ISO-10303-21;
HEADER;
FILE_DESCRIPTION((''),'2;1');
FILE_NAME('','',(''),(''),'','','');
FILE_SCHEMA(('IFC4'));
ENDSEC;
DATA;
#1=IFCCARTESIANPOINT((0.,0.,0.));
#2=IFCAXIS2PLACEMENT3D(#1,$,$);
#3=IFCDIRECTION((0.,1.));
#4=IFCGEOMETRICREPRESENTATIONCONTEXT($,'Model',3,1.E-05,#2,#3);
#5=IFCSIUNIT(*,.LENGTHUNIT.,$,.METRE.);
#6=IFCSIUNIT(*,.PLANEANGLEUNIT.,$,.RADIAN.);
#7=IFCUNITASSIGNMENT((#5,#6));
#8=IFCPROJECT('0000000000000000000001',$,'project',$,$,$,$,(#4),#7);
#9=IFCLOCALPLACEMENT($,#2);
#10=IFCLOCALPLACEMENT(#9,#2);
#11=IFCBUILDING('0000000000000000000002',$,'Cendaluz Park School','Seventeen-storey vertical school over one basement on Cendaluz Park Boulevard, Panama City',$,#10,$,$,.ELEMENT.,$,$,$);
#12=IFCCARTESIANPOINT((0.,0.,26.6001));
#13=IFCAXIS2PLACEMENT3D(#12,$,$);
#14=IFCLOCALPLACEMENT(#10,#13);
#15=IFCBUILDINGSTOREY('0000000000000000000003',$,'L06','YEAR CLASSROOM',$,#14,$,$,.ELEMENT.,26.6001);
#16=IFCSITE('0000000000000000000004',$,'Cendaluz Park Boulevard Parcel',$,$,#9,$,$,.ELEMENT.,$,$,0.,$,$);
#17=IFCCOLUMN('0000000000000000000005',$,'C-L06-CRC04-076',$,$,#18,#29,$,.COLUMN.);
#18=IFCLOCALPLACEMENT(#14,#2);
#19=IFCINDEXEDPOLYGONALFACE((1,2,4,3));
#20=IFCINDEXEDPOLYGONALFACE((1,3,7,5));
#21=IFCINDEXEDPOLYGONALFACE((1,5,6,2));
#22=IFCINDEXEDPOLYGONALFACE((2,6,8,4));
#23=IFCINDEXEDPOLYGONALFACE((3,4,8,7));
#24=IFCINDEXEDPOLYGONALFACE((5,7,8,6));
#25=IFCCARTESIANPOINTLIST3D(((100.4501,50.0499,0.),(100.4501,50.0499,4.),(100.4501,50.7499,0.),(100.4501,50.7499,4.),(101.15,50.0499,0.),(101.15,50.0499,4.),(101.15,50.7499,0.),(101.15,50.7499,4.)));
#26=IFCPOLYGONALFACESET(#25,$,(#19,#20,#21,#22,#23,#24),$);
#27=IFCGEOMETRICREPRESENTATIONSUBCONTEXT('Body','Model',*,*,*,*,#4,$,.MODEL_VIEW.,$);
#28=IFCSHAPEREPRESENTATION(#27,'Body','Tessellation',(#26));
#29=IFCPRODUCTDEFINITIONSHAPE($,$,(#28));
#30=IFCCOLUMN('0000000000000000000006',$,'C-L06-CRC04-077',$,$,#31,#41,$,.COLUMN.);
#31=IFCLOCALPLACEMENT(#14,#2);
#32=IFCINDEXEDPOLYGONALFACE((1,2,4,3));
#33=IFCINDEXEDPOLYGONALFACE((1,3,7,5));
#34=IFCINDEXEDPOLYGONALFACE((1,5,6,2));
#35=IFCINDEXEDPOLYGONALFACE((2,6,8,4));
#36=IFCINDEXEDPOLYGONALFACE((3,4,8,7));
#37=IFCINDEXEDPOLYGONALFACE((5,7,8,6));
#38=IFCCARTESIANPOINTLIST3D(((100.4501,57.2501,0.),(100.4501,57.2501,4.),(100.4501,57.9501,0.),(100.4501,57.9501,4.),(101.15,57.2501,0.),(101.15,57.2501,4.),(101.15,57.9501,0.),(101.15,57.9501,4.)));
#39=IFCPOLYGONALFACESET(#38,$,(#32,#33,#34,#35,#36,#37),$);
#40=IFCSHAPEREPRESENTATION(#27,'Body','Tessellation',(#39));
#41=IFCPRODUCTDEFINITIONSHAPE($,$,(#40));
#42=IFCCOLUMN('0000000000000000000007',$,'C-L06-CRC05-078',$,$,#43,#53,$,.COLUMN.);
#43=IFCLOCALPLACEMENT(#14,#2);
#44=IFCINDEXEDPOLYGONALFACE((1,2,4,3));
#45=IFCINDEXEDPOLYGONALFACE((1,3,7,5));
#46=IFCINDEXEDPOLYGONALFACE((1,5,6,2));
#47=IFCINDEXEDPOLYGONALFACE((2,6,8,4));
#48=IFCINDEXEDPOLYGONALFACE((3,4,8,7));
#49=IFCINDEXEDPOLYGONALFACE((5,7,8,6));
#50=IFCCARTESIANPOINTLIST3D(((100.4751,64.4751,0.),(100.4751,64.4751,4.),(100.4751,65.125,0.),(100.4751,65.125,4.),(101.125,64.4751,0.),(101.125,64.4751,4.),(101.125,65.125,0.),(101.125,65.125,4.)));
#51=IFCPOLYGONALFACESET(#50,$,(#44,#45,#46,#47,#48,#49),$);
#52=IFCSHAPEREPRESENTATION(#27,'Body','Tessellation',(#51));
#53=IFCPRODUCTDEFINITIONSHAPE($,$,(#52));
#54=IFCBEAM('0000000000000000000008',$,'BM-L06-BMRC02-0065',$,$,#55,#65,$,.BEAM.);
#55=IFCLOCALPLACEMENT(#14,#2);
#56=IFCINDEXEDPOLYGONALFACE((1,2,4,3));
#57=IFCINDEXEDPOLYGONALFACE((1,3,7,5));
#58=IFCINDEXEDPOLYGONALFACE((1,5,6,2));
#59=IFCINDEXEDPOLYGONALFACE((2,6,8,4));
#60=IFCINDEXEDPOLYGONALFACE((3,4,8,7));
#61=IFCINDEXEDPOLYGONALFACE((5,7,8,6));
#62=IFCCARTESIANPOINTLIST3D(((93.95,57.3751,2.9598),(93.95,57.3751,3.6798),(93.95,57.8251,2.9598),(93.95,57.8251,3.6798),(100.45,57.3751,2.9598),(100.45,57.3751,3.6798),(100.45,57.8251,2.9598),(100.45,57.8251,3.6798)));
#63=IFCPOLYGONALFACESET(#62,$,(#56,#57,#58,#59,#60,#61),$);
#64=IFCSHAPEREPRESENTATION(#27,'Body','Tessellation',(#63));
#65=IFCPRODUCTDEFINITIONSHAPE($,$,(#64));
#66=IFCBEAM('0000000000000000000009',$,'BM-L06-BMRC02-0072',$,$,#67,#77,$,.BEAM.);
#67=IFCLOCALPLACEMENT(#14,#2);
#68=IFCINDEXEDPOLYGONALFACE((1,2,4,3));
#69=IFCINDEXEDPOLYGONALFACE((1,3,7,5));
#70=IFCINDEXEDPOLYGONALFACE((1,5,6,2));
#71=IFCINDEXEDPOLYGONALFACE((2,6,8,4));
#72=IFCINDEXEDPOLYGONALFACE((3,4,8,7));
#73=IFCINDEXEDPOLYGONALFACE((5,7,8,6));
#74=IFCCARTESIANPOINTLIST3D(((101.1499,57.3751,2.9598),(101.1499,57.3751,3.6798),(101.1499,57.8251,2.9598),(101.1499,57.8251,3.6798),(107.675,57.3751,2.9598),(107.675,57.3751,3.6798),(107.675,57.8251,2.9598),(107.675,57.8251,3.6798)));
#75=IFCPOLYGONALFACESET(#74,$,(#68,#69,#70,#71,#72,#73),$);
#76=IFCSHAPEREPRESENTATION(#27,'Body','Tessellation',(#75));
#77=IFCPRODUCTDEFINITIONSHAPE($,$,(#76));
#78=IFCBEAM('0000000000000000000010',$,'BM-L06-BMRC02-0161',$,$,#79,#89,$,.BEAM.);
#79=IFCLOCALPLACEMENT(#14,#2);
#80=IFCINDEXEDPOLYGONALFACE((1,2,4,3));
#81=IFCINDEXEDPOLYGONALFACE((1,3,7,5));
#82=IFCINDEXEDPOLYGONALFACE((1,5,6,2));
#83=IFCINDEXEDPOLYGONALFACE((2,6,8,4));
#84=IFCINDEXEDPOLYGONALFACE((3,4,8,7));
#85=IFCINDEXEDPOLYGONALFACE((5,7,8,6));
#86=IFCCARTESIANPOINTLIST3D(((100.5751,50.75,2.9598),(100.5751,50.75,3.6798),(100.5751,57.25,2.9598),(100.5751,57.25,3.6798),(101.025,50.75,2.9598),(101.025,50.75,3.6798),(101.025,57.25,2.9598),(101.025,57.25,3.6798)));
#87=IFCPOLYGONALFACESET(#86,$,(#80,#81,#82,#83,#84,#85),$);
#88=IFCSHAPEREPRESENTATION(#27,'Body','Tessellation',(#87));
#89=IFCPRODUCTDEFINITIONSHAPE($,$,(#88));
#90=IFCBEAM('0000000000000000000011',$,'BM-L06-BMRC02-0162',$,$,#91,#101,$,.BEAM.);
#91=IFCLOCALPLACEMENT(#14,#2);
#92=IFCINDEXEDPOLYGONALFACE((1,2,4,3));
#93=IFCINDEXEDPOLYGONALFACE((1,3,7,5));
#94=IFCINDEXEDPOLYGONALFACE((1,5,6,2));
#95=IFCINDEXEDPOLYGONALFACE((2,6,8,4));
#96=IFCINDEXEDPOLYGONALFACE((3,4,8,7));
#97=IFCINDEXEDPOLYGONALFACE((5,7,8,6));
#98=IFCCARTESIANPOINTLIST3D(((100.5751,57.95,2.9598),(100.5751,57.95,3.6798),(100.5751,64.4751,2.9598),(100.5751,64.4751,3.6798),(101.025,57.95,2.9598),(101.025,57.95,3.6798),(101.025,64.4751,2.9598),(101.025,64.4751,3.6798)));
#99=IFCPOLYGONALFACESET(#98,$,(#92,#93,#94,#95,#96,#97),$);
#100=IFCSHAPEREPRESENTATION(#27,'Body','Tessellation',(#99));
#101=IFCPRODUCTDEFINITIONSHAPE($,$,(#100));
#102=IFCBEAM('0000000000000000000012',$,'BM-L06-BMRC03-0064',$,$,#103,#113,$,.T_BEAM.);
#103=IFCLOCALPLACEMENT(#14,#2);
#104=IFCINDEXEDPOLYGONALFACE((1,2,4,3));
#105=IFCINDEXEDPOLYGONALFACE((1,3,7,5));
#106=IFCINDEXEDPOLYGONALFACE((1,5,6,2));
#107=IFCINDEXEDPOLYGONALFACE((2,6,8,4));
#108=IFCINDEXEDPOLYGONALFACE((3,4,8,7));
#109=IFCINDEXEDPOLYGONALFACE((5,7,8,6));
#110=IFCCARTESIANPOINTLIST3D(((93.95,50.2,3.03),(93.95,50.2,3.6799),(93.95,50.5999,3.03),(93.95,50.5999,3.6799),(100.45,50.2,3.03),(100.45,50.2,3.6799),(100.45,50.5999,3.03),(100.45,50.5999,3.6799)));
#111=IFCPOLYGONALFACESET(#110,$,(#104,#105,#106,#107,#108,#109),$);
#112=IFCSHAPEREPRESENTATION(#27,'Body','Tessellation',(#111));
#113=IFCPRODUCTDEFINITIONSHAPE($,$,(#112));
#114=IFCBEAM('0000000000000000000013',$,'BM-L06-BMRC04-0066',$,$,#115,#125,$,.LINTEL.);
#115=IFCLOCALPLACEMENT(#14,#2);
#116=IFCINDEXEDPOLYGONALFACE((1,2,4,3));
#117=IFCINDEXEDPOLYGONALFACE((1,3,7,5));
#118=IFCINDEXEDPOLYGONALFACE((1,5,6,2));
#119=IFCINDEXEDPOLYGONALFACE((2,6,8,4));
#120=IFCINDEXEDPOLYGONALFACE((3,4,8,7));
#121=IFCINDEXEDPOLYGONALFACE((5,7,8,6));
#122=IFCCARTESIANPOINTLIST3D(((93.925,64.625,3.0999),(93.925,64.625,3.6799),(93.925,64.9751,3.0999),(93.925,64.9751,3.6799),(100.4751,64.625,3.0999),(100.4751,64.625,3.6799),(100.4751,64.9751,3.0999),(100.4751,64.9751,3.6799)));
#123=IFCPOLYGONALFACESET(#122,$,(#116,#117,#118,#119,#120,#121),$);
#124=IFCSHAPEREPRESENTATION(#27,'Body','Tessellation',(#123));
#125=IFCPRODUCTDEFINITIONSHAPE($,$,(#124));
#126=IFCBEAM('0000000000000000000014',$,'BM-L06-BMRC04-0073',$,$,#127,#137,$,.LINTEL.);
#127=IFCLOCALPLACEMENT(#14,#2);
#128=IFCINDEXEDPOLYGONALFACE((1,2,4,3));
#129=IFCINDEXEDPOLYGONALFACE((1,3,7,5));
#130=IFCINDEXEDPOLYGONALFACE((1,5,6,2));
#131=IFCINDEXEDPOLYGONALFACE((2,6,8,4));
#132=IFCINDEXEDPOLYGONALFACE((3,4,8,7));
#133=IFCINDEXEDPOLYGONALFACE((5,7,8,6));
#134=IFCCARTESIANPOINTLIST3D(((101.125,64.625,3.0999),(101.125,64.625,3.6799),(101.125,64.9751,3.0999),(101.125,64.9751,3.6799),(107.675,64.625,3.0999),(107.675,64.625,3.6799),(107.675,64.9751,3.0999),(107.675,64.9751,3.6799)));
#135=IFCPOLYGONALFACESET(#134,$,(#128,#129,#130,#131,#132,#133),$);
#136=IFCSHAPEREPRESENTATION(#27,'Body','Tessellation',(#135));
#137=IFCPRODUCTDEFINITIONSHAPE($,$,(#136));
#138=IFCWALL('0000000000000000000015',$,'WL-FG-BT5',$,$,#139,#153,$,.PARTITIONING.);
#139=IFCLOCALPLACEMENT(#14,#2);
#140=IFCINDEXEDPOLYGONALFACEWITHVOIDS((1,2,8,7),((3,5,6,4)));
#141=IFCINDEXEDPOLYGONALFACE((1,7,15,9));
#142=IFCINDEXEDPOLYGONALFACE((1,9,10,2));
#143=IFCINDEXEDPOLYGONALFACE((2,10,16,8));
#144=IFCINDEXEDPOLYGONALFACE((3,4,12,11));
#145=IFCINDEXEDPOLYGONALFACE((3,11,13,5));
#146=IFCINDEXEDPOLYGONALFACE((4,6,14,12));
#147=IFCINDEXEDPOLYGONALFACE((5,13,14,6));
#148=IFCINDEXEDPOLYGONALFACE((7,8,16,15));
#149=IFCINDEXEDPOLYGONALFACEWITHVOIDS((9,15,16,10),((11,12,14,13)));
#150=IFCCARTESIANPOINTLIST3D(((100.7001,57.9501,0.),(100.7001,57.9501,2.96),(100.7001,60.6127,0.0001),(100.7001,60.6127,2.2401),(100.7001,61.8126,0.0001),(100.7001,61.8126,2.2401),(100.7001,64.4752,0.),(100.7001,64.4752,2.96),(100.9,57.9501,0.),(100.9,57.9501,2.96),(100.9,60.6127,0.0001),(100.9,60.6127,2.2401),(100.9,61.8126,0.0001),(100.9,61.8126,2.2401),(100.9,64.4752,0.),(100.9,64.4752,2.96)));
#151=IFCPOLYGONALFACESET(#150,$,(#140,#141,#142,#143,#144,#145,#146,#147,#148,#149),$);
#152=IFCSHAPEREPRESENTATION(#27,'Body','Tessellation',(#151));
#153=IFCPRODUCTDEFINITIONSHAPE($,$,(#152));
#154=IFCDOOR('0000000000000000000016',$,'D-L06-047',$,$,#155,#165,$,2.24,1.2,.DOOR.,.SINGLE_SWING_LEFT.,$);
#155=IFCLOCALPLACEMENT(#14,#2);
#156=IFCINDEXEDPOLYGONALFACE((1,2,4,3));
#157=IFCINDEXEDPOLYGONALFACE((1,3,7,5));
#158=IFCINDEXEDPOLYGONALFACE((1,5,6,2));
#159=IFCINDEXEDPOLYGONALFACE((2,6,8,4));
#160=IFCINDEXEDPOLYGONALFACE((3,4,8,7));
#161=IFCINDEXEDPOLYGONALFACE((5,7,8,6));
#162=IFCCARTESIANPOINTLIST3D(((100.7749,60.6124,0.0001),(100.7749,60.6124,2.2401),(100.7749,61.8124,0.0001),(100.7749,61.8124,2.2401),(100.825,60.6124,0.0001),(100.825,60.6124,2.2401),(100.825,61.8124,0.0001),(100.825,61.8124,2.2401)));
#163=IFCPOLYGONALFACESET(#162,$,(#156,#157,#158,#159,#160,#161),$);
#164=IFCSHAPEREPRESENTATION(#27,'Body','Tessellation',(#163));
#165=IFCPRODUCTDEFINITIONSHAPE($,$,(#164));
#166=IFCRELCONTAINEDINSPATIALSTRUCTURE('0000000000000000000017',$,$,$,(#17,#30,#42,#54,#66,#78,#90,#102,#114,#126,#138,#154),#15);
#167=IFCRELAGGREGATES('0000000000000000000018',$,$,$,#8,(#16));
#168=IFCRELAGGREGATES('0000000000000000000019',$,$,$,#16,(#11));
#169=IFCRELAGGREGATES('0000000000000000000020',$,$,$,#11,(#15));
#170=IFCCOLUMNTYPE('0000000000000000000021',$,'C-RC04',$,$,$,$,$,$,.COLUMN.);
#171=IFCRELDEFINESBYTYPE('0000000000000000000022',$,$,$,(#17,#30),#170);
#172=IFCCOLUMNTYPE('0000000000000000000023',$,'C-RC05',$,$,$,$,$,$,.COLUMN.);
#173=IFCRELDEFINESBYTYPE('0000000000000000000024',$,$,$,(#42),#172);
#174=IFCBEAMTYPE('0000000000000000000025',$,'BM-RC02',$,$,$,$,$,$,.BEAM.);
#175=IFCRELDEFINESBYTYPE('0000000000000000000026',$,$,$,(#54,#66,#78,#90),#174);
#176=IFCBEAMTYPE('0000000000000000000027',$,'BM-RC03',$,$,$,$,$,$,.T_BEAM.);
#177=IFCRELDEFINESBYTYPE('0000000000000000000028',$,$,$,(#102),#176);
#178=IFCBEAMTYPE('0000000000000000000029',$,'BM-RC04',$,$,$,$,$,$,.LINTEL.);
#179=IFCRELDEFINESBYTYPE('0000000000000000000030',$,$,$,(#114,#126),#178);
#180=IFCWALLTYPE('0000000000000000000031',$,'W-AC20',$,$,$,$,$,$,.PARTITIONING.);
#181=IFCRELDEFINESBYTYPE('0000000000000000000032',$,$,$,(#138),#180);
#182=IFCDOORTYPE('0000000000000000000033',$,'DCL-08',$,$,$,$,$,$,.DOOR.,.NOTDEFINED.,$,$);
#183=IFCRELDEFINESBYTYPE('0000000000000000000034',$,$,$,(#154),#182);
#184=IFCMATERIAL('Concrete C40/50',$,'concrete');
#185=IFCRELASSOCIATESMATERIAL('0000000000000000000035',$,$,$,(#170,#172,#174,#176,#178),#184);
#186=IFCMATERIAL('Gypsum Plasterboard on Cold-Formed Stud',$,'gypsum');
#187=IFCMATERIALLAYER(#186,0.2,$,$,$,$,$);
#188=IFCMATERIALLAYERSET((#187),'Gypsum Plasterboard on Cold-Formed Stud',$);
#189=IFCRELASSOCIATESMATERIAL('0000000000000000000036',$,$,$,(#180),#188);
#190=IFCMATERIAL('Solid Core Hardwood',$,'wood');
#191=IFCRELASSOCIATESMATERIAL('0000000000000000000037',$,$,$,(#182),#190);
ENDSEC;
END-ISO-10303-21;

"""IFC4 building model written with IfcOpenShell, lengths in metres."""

from ifc_helpers import new_model, si_unit, direction, frame, frame_2d, origin, origin_2d, place, context, subcontext, project, spatial, rectangle, extrude, material, layer, layer_set, material_profile, profile_set, type_object, element, fill, save


model = new_model("IFC4")

# Units and contexts
model_context = context("Model", 3, precision=1e-05, world=origin(), true_north=direction((0.0, 1.0)))
body_context = subcontext(model_context, "Body", "Model", "MODEL_VIEW")
ifc_project = project(units=[si_unit("LENGTHUNIT", "METRE"), si_unit("PLANEANGLEUNIT", "RADIAN")], contexts=[model_context])

# Site, building, storey
site_placement = place(None, origin())
site = spatial("IfcSite", under=ifc_project, at=site_placement, Name="Cendaluz Park Boulevard Parcel", CompositionType="ELEMENT", RefElevation=0.0)
building_placement = place(site_placement, origin())
building = spatial("IfcBuilding", under=site, at=building_placement, Name="Cendaluz Park School", Description="Seventeen-storey vertical school over one basement on Cendaluz Park Boulevard, Panama City", CompositionType="ELEMENT")
storey_placement = place(building_placement, frame((0.0, 0.0, 26.6001)))
storey = spatial("IfcBuildingStorey", under=building, at=storey_placement, Name="L06", Description="YEAR CLASSROOM", CompositionType="ELEMENT", Elevation=26.6001)

# Columns
ifc_material_1 = material(Name="Concrete C40/50", Category="concrete")
ifc_material_profile_1 = material_profile(ifc_material_1, rectangle(XDim=0.7, YDim=0.7, at=origin_2d()), Name="RC 700x700", Category="concrete")
ifc_profile_set_1 = profile_set([ifc_material_profile_1], Name="Concrete C40/50")
column_type_1 = type_object("IfcColumnType", Name="C-RC04", PredefinedType="COLUMN", material=ifc_profile_set_1)
for number, where, z_axis, x_axis, name in (
    (1, (100.8, 50.3999, 0.0), (0.0, 0.0, 1.0), (1.0, 0.0, 0.0), "C-L06-CRC04-076"),
    (2, (100.8, 57.6001, 0.0), (0.0, 0.0, 1.0), (1.0, 0.0, 0.0), "C-L06-CRC04-077"),
):
    element("IfcColumn", number, at=place(storey_placement, frame(where, z_axis=z_axis, x_axis=x_axis)), inside=storey, type_object=column_type_1, Name=name, PredefinedType="COLUMN", context=body_context, shape_type="SweptSolid", body=[
        extrude(rectangle(XDim=0.7, YDim=0.7, at=origin_2d()), origin(), (0.0, 0.0, 1.0), 4.0),
    ])
ifc_material_profile_2 = material_profile(ifc_material_1, rectangle(XDim=0.6499, YDim=0.6499, at=origin_2d()), Name="RC 650x650", Category="concrete")
ifc_profile_set_2 = profile_set([ifc_material_profile_2], Name="Concrete C40/50")
column_type_2 = type_object("IfcColumnType", Name="C-RC05", PredefinedType="COLUMN", material=ifc_profile_set_2)
column_placement = place(storey_placement, frame((100.8, 64.8, 0.0), z_axis=(0.0, 0.0, 1.0), x_axis=(1.0, 0.0, 0.0)))
element("IfcColumn", 3, at=column_placement, inside=storey, type_object=column_type_2, Name="C-L06-CRC05-078", PredefinedType="COLUMN", context=body_context, shape_type="SweptSolid", body=[
    extrude(rectangle(XDim=0.6499, YDim=0.6499, at=origin_2d()), origin(), (0.0, 0.0, 1.0), 4.0),
])

# Beams
ifc_material_profile_3 = material_profile(ifc_material_1, rectangle(XDim=0.45, YDim=0.72, at=origin_2d()), Name="RC 450x720", Category="concrete")
ifc_profile_set_3 = profile_set([ifc_material_profile_3], Name="Concrete C40/50")
beam_type_1 = type_object("IfcBeamType", Name="BM-RC02", PredefinedType="BEAM", material=ifc_profile_set_3)
beam_1_placement = place(storey_placement, frame((93.95, 57.6001, 3.3198), z_axis=(1.0, 0.0, 0.0), x_axis=(0.0, 1.0, 0.0)))
element("IfcBeam", 4, at=beam_1_placement, inside=storey, type_object=beam_type_1, Name="BM-L06-BMRC02-0065", PredefinedType="BEAM", context=body_context, shape_type="SweptSolid", body=[
    extrude(rectangle(XDim=0.45, YDim=0.72, at=origin_2d()), origin(), (0.0, 0.0, 1.0), 6.5),
])
beam_2_placement = place(storey_placement, frame((101.1499, 57.6001, 3.3198), z_axis=(1.0, 0.0, 0.0), x_axis=(0.0, 1.0, 0.0)))
element("IfcBeam", 5, at=beam_2_placement, inside=storey, type_object=beam_type_1, Name="BM-L06-BMRC02-0072", PredefinedType="BEAM", context=body_context, shape_type="SweptSolid", body=[
    extrude(rectangle(XDim=0.45, YDim=0.72, at=origin_2d()), origin(), (0.0, 0.0, 1.0), 6.5251),
])
beam_3_placement = place(storey_placement, frame((100.8, 50.75, 3.3198), z_axis=(0.0, 1.0, 0.0), x_axis=(-1.0, 0.0, 0.0)))
element("IfcBeam", 6, at=beam_3_placement, inside=storey, type_object=beam_type_1, Name="BM-L06-BMRC02-0161", PredefinedType="BEAM", context=body_context, shape_type="SweptSolid", body=[
    extrude(rectangle(XDim=0.45, YDim=0.72, at=origin_2d()), origin(), (0.0, 0.0, 1.0), 6.5),
])
beam_4_placement = place(storey_placement, frame((100.8, 57.95, 3.3198), z_axis=(0.0, 1.0, 0.0), x_axis=(-1.0, 0.0, 0.0)))
element("IfcBeam", 7, at=beam_4_placement, inside=storey, type_object=beam_type_1, Name="BM-L06-BMRC02-0162", PredefinedType="BEAM", context=body_context, shape_type="SweptSolid", body=[
    extrude(rectangle(XDim=0.45, YDim=0.72, at=origin_2d()), origin(), (0.0, 0.0, 1.0), 6.5251),
])
ifc_material_profile_4 = material_profile(ifc_material_1, rectangle(XDim=0.3999, YDim=0.6499, at=origin_2d()), Name="RC 400x650", Category="concrete")
ifc_profile_set_4 = profile_set([ifc_material_profile_4], Name="Concrete C40/50")
beam_type_2 = type_object("IfcBeamType", Name="BM-RC03", PredefinedType="T_BEAM", material=ifc_profile_set_4)
beam_5_placement = place(storey_placement, frame((93.95, 50.3999, 3.355), z_axis=(1.0, 0.0, 0.0), x_axis=(0.0, 1.0, 0.0)))
element("IfcBeam", 8, at=beam_5_placement, inside=storey, type_object=beam_type_2, Name="BM-L06-BMRC03-0064", PredefinedType="T_BEAM", context=body_context, shape_type="SweptSolid", body=[
    extrude(rectangle(XDim=0.3999, YDim=0.6499, at=origin_2d()), origin(), (0.0, 0.0, 1.0), 6.5),
])
ifc_material_profile_5 = material_profile(ifc_material_1, rectangle(XDim=0.3501, YDim=0.5801, at=origin_2d()), Name="RC 350x580", Category="concrete")
ifc_profile_set_5 = profile_set([ifc_material_profile_5], Name="Concrete C40/50")
beam_type_3 = type_object("IfcBeamType", Name="BM-RC04", PredefinedType="LINTEL", material=ifc_profile_set_5)
for number, where, z_axis, x_axis, name in (
    (9, (93.925, 64.8, 3.3899), (1.0, 0.0, 0.0), (0.0, 1.0, 0.0), "BM-L06-BMRC04-0066"),
    (10, (101.125, 64.8, 3.3899), (1.0, 0.0, 0.0), (0.0, 1.0, 0.0), "BM-L06-BMRC04-0073"),
):
    element("IfcBeam", number, at=place(storey_placement, frame(where, z_axis=z_axis, x_axis=x_axis)), inside=storey, type_object=beam_type_3, Name=name, PredefinedType="LINTEL", context=body_context, shape_type="SweptSolid", body=[
        extrude(rectangle(XDim=0.3501, YDim=0.5801, at=origin_2d()), origin(), (0.0, 0.0, 1.0), 6.55),
    ])

# Wall, opening, door
ifc_material_2 = material(Name="Gypsum Plasterboard on Cold-Formed Stud", Category="gypsum")
ifc_layer_1 = layer(ifc_material_2, 0.2)
ifc_layer_set_1 = layer_set([ifc_layer_1], Name="Gypsum Plasterboard on Cold-Formed Stud")
wall_type_1 = type_object("IfcWallType", Name="W-AC20", PredefinedType="PARTITIONING", material=ifc_layer_set_1)
wall_1_placement = place(storey_placement, frame((100.8, 57.95, 0.0), z_axis=(0.0, 0.0, 1.0), x_axis=(0.0, 1.0, 0.0)))
wall_1 = element("IfcWall", 11, at=wall_1_placement, inside=storey, type_object=wall_type_1, Name="WL-FG-BT5", PredefinedType="PARTITIONING", context=body_context, shape_type="SweptSolid", body=[
    extrude(rectangle(XDim=6.5251, YDim=0.2, at=frame_2d((3.2627, 0.0))), origin(), (0.0, 0.0, 1.0), 2.96),
])
opening_1_placement = place(wall_1_placement, frame((2.6626, 0.0, 0.0)))
opening_1 = element("IfcOpeningElement", 12, at=opening_1_placement, cuts=wall_1, PredefinedType="OPENING", context=body_context, shape_type="SweptSolid", body=[
    extrude(rectangle(XDim=1.2, YDim=2.24, at=frame_2d((0.6001, 1.1201))), frame((0.0, 0.1121, 0.0), z_axis=(0.0, -1.0, 0.0), x_axis=(1.0, 0.0, 0.0)), (0.0, 0.0, 1.0), 0.2239),
])
ifc_material_3 = material(Name="Solid Core Hardwood", Category="wood")
door_type_1 = type_object("IfcDoorType", Name="DCL-08", OperationType="NOTDEFINED", PredefinedType="DOOR", material=ifc_material_3)
door_1_placement = place(opening_1_placement, frame((1.2, 0.0, 0.0), z_axis=(0.0, 0.0, 1.0), x_axis=(-1.0, 0.0, 0.0)))
door_1 = element("IfcDoor", 13, at=door_1_placement, inside=storey, type_object=door_type_1, Name="D-L06-047", OperationType="SINGLE_SWING_LEFT", OverallHeight=2.24, OverallWidth=1.2, PredefinedType="DOOR", context=body_context, shape_type="SweptSolid", body=[
    extrude(rectangle(XDim=1.2, YDim=2.24, at=frame_2d((0.6001, 1.1201))), frame((0.0, 0.0249, 0.0), z_axis=(0.0, -1.0, 0.0), x_axis=(1.0, 0.0, 0.0)), (0.0, 0.0, 1.0), 0.05),
])
fill(opening_1, door_1)

save(model, "model.ifc")
